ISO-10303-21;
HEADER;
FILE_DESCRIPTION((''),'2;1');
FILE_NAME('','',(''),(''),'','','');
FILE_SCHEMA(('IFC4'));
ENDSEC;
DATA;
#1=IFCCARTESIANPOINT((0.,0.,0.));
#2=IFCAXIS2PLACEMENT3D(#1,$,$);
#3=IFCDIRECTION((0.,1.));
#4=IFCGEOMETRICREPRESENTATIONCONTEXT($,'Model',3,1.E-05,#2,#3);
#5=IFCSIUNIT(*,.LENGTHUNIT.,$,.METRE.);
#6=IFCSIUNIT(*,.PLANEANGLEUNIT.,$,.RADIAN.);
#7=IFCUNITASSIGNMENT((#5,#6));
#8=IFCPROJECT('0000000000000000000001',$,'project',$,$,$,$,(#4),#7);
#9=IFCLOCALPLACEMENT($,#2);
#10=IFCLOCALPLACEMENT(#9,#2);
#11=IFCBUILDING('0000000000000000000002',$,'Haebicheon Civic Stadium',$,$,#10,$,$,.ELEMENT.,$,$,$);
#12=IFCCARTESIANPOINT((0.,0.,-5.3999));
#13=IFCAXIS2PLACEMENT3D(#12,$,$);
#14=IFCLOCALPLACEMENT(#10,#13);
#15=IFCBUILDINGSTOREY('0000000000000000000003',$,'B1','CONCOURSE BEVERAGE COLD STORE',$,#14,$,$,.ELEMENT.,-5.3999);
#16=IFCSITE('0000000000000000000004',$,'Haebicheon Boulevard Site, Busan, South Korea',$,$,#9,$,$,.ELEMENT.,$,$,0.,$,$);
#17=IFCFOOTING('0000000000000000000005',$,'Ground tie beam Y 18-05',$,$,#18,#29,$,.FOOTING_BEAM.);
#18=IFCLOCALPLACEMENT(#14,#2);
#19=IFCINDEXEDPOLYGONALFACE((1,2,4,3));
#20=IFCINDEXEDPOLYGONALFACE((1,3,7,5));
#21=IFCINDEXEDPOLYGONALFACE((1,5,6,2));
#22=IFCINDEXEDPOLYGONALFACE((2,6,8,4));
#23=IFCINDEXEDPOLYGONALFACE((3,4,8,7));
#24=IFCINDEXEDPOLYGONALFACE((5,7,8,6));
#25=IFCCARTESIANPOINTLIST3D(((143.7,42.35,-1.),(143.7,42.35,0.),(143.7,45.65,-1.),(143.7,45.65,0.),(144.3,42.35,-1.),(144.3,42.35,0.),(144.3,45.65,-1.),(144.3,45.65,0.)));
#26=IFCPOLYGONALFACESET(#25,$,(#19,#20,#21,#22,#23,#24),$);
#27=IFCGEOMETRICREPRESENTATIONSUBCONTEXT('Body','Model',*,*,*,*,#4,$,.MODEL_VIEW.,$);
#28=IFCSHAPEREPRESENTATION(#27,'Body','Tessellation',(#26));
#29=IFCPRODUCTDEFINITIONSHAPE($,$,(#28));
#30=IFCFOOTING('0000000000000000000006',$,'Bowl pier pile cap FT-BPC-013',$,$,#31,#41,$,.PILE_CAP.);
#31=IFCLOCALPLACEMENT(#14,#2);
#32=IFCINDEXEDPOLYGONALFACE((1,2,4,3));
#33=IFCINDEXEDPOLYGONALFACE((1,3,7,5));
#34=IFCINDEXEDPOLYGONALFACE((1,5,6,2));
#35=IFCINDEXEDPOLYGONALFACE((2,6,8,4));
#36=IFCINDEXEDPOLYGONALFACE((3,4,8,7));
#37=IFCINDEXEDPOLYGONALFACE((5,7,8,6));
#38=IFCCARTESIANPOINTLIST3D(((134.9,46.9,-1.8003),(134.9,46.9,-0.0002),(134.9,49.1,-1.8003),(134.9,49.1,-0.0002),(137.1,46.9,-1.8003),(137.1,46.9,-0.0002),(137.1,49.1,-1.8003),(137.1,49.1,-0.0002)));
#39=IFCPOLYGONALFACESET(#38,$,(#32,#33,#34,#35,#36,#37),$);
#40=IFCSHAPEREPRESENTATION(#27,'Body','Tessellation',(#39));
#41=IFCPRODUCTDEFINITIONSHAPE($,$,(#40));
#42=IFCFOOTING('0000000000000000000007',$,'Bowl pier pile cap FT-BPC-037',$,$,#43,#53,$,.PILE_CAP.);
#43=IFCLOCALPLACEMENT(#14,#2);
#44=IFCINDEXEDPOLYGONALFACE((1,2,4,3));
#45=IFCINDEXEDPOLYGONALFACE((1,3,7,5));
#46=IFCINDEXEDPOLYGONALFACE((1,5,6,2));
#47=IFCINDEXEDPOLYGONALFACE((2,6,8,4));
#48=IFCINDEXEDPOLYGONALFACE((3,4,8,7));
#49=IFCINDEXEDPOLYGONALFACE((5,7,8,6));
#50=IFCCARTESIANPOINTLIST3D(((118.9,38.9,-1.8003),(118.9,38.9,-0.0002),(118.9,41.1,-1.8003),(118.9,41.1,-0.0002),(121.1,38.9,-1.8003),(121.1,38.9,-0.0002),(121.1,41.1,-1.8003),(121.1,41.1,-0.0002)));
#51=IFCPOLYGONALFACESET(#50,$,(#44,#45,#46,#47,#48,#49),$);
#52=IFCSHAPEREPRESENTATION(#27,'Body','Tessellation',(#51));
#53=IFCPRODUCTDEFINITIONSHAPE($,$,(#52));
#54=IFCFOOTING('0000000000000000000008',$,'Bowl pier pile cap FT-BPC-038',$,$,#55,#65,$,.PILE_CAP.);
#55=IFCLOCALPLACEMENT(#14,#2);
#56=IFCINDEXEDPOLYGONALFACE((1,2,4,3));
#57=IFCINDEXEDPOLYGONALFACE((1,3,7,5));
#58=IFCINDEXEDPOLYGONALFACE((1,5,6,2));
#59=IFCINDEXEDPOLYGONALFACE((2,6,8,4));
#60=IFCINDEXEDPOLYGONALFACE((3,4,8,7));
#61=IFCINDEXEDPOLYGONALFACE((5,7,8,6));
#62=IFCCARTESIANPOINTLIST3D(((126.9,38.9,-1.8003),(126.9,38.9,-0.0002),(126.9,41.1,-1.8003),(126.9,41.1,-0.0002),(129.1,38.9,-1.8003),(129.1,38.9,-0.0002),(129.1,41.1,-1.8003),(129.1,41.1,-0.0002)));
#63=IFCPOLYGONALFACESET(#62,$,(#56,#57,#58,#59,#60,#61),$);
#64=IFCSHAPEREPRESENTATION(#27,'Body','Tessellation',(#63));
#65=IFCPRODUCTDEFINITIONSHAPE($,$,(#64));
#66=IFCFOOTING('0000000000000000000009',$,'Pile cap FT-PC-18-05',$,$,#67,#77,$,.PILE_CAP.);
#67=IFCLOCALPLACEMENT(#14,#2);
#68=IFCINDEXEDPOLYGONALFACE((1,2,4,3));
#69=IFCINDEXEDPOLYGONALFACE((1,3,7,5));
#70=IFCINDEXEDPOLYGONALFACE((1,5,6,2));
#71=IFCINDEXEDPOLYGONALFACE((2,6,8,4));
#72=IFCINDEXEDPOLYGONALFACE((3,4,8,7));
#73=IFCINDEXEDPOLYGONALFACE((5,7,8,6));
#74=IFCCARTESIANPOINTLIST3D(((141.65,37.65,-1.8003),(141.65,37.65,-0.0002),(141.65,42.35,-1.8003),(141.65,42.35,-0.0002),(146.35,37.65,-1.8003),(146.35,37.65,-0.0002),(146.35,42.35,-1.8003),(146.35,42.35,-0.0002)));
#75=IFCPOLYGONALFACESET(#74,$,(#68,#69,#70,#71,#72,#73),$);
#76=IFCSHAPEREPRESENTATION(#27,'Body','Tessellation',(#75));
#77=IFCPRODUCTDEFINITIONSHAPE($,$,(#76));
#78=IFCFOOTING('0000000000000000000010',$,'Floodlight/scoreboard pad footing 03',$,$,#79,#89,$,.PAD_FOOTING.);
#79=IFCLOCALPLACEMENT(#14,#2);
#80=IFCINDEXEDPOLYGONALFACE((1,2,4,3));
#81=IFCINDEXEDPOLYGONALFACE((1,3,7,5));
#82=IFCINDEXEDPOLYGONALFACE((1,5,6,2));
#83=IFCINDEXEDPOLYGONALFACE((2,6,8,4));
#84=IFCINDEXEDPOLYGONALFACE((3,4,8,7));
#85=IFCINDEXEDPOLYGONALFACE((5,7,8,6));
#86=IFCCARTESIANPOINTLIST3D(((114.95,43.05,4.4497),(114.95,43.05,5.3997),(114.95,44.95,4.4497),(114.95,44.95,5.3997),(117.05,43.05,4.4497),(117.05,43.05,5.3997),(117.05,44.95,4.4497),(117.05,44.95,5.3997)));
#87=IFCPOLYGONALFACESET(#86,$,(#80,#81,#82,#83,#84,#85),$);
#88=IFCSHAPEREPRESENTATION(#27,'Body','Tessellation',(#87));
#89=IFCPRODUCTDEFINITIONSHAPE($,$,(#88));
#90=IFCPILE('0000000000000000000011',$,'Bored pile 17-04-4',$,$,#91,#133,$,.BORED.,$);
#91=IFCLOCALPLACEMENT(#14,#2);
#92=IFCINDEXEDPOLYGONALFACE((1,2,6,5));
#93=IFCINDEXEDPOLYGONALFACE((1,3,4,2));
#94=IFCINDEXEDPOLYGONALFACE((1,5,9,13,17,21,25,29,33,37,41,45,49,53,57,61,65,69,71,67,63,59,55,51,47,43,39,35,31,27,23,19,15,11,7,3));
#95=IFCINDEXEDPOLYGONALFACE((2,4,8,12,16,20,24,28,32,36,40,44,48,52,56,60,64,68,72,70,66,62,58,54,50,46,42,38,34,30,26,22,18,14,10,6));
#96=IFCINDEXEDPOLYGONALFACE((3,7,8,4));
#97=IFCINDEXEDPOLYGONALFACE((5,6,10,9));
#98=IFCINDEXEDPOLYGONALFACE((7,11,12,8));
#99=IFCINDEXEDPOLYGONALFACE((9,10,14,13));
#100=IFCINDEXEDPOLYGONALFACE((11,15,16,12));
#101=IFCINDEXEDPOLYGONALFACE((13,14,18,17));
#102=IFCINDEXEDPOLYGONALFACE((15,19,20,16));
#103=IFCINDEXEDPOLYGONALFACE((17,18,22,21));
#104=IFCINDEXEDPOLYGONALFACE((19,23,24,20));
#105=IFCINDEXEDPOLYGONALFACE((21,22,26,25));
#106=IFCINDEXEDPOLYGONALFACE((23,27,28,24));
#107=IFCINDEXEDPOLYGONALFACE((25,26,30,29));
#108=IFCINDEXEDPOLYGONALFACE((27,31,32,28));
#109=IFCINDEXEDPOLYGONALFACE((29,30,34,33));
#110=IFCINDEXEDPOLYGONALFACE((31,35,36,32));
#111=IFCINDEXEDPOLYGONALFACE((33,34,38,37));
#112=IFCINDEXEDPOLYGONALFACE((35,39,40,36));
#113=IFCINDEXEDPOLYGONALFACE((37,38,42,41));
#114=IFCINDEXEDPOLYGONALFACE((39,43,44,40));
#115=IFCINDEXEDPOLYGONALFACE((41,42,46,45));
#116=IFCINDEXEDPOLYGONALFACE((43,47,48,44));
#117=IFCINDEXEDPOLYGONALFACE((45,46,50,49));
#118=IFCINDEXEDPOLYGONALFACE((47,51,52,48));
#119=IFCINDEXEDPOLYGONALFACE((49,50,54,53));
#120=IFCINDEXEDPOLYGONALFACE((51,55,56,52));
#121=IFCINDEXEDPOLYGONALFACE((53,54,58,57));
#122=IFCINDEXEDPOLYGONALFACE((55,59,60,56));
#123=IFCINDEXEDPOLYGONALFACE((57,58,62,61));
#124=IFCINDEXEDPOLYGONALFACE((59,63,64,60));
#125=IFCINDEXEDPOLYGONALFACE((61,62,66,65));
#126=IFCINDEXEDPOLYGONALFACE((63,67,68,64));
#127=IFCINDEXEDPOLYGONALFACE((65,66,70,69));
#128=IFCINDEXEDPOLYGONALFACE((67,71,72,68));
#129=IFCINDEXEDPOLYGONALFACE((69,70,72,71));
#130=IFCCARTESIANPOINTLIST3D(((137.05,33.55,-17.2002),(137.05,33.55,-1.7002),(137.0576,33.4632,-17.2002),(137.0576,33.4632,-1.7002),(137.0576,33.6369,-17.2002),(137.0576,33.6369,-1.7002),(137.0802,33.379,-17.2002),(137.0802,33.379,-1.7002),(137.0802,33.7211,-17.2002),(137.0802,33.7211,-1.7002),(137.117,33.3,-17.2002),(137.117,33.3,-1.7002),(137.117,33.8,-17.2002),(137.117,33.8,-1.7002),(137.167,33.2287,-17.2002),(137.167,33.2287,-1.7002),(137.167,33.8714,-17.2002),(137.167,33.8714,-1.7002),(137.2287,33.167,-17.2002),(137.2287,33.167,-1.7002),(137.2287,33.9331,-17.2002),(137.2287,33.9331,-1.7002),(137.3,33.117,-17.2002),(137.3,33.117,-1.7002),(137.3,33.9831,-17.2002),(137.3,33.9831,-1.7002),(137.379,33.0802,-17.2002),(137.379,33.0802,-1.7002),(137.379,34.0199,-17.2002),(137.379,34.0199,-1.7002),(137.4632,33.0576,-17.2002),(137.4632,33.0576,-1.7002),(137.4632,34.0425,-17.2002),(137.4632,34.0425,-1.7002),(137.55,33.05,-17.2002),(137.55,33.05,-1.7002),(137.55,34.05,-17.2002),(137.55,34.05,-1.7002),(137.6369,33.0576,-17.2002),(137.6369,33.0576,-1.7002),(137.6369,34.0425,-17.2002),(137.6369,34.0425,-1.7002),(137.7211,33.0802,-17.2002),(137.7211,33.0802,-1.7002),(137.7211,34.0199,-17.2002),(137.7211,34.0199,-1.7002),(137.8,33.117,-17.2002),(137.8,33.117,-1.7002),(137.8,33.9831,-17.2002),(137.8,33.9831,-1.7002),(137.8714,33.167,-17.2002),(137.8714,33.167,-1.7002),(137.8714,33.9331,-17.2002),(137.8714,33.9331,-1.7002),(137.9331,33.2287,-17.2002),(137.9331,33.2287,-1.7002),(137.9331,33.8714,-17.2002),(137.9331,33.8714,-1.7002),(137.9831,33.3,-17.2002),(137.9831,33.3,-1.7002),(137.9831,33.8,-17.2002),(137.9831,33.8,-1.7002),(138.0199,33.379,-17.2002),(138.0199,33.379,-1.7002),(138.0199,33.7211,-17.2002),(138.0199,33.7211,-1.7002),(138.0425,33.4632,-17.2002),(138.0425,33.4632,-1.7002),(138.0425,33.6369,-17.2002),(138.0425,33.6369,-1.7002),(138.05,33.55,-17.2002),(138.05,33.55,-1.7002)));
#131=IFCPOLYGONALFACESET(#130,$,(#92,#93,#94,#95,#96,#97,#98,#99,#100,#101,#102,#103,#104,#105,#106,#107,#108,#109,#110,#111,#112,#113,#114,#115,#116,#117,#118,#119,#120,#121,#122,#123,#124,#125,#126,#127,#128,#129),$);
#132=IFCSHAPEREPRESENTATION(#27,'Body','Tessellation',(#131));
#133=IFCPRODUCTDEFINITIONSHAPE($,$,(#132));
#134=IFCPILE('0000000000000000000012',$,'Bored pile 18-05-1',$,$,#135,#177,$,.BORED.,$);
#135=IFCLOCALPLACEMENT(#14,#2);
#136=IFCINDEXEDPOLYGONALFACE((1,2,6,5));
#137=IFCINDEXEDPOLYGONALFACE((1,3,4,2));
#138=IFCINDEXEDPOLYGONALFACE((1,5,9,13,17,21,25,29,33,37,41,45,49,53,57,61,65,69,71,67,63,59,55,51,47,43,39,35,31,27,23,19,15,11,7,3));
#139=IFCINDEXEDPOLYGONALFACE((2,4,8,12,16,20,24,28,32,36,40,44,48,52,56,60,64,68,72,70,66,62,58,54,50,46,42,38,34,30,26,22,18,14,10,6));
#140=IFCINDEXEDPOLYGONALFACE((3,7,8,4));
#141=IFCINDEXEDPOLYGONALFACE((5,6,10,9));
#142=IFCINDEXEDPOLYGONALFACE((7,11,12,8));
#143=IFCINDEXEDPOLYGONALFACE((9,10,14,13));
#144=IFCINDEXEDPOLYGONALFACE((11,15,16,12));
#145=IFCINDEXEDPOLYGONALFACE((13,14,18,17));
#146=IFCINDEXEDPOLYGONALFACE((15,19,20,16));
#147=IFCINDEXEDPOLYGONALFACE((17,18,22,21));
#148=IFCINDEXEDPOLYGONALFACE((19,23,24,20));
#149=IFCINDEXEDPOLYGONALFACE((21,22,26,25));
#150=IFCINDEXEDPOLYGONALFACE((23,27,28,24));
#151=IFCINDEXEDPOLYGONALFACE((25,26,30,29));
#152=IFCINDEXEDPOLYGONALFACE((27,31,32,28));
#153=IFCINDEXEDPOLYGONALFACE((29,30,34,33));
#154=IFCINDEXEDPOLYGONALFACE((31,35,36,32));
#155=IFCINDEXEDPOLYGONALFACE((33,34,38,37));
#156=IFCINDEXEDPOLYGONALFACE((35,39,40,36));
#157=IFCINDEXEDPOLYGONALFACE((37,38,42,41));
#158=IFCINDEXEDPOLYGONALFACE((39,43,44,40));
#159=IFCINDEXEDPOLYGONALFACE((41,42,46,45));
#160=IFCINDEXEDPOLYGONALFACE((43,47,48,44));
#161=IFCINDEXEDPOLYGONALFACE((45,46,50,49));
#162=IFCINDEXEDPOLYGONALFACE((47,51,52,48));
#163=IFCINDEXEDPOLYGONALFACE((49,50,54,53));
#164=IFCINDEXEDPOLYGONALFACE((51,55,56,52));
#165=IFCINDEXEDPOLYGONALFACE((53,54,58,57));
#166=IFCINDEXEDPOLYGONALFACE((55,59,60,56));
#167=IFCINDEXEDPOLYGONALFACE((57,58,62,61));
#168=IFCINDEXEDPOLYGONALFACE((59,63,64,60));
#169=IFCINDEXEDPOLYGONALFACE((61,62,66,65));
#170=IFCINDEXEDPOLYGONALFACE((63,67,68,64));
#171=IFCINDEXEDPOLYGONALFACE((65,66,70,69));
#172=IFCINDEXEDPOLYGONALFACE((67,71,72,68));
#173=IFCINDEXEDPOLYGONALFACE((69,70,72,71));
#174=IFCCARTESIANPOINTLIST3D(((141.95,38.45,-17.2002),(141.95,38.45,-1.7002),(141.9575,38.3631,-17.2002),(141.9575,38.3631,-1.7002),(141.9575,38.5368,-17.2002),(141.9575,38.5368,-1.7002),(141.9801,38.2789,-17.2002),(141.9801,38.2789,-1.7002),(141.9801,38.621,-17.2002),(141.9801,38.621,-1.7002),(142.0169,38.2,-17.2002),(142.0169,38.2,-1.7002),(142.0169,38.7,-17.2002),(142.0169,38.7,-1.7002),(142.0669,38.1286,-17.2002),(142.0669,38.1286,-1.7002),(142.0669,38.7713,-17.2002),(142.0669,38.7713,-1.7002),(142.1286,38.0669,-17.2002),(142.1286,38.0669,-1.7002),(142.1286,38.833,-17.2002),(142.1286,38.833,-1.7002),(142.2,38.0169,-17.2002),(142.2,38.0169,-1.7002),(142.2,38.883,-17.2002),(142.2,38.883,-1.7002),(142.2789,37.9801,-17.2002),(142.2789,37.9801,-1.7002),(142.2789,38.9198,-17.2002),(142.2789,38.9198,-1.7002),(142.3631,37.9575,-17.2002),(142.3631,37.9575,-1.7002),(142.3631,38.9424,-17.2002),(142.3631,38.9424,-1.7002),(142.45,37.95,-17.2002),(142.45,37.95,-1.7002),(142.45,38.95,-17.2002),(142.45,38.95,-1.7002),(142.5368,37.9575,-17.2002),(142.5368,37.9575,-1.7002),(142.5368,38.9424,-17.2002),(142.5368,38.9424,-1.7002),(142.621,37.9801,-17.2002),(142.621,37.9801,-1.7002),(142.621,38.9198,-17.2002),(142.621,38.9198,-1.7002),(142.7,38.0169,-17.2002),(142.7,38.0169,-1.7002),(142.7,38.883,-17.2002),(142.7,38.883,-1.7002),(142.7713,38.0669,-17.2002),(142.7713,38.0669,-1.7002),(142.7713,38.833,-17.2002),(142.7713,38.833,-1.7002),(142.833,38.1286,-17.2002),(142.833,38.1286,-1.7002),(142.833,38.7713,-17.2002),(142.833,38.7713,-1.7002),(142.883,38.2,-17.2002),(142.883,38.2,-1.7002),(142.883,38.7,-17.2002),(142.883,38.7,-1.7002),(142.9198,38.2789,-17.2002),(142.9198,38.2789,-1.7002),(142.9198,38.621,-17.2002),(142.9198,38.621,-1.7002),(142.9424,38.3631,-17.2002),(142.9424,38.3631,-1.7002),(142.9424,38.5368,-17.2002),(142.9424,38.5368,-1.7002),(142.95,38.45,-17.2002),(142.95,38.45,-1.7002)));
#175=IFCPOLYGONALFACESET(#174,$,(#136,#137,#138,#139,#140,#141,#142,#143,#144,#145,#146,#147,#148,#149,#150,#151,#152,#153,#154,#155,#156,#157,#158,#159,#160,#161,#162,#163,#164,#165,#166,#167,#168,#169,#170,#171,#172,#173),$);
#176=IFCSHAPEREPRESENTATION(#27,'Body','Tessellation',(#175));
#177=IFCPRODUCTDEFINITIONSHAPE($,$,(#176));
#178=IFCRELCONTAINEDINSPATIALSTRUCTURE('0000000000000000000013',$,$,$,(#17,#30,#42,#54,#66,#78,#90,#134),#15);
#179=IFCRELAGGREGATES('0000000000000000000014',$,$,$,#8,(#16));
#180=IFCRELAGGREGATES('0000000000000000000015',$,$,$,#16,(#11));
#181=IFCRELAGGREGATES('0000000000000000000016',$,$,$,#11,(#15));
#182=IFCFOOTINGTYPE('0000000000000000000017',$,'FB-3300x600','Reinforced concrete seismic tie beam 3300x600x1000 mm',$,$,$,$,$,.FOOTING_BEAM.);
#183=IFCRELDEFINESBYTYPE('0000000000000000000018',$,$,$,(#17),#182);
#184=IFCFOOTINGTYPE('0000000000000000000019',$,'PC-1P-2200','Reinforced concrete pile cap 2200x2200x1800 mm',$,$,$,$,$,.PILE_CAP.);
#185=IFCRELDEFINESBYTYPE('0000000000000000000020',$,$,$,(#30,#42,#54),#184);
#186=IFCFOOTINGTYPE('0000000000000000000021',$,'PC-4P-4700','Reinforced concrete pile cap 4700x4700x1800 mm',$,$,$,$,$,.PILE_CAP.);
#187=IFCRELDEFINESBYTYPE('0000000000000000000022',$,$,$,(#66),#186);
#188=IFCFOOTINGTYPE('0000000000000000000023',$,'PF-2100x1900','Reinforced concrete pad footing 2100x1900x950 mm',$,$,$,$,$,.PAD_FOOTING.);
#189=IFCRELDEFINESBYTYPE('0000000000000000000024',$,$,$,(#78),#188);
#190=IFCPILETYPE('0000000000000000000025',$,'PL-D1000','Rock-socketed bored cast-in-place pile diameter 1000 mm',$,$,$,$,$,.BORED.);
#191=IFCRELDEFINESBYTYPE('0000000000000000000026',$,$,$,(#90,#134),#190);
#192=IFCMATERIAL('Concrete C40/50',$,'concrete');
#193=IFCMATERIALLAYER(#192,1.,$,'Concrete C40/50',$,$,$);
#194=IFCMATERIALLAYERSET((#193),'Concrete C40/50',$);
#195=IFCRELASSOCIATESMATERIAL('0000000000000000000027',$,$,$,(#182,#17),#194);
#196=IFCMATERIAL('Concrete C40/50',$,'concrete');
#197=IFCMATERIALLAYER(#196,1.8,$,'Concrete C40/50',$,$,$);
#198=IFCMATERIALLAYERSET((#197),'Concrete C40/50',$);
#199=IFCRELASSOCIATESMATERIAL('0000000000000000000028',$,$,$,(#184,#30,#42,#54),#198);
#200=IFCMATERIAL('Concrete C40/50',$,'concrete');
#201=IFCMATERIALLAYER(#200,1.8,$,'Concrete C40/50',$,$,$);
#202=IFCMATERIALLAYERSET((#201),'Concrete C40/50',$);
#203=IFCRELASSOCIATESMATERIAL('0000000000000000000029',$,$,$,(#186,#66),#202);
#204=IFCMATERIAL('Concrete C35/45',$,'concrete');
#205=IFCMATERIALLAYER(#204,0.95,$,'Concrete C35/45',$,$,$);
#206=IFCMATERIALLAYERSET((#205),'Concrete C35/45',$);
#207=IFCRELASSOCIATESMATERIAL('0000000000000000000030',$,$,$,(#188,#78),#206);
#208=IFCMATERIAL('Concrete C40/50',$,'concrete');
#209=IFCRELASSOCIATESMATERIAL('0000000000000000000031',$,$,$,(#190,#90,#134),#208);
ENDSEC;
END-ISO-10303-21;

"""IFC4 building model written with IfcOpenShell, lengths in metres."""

from ifc_helpers import new_model, si_unit, direction, frame, origin, origin_2d, place, context, subcontext, project, spatial, rectangle, circle, extrude, material, layer, layer_set, material_profile, profile_set, type_object, element, save


model = new_model("IFC4")

# Units and contexts
model_context = context("Model", 3, precision=1e-05, world=origin(), true_north=direction((0.0, 1.0)))
body_context = subcontext(model_context, "Body", "Model", "MODEL_VIEW")
ifc_project = project(units=[si_unit("LENGTHUNIT", "METRE"), si_unit("PLANEANGLEUNIT", "RADIAN")], contexts=[model_context])

# Site, building, storey
site_placement = place(None, origin())
site = spatial("IfcSite", under=ifc_project, at=site_placement, Name="Haebicheon Boulevard Site, Busan, South Korea", CompositionType="ELEMENT", RefElevation=0.0)
building_placement = place(site_placement, origin())
building = spatial("IfcBuilding", under=site, at=building_placement, Name="Haebicheon Civic Stadium", CompositionType="ELEMENT")
storey_placement = place(building_placement, frame((0.0, 0.0, -5.3999)))
storey = spatial("IfcBuildingStorey", under=building, at=storey_placement, Name="B1", Description="CONCOURSE BEVERAGE COLD STORE", CompositionType="ELEMENT", Elevation=-5.3999)

# Footings
ifc_material_1 = material(Name="Concrete C40/50", Category="concrete")
ifc_layer_1 = layer(ifc_material_1, 1.0, Name="Concrete C40/50")
ifc_layer_set_1 = layer_set([ifc_layer_1], Name="Concrete C40/50")
footing_type_1 = type_object("IfcFootingType", Name="FB-3300x600", Description="Reinforced concrete seismic tie beam 3300x600x1000 mm", PredefinedType="FOOTING_BEAM", material=ifc_layer_set_1)
footing_1_placement = place(storey_placement, frame((144.0, 44.0, -1.0), z_axis=(0.0, 0.0, 1.0), x_axis=(0.0, 1.0, 0.0)))
element("IfcFooting", 1, at=footing_1_placement, inside=storey, type_object=footing_type_1, material=ifc_layer_set_1, Name="Ground tie beam Y 18-05", PredefinedType="FOOTING_BEAM", context=body_context, shape_type="SweptSolid", body=[
    extrude(rectangle(XDim=3.3, YDim=0.6001, at=origin_2d()), origin(), (0.0, 0.0, 1.0), 1.0),
])
ifc_material_2 = material(Name="Concrete C40/50", Category="concrete")
ifc_layer_2 = layer(ifc_material_2, 1.8, Name="Concrete C40/50")
ifc_layer_set_2 = layer_set([ifc_layer_2], Name="Concrete C40/50")
footing_type_2 = type_object("IfcFootingType", Name="PC-1P-2200", Description="Reinforced concrete pile cap 2200x2200x1800 mm", PredefinedType="PILE_CAP", material=ifc_layer_set_2)
for number, where, z_axis, x_axis, name in (
    (2, (136.0, 48.0, -1.8003), (0.0, 0.0, 1.0), (1.0, 0.0, 0.0), "Bowl pier pile cap FT-BPC-013"),
    (3, (120.0, 40.0, -1.8003), (0.0, 0.0, 1.0), (1.0, 0.0, 0.0), "Bowl pier pile cap FT-BPC-037"),
    (4, (128.0, 40.0, -1.8003), (0.0, 0.0, 1.0), (1.0, 0.0, 0.0), "Bowl pier pile cap FT-BPC-038"),
):
    element("IfcFooting", number, at=place(storey_placement, frame(where, z_axis=z_axis, x_axis=x_axis)), inside=storey, type_object=footing_type_2, material=ifc_layer_set_2, Name=name, PredefinedType="PILE_CAP", context=body_context, shape_type="SweptSolid", body=[
        extrude(rectangle(XDim=2.2, YDim=2.2, at=origin_2d()), origin(), (0.0, 0.0, 1.0), 1.8),
    ])
ifc_material_3 = material(Name="Concrete C40/50", Category="concrete")
ifc_layer_3 = layer(ifc_material_3, 1.8, Name="Concrete C40/50")
ifc_layer_set_3 = layer_set([ifc_layer_3], Name="Concrete C40/50")
footing_type_3 = type_object("IfcFootingType", Name="PC-4P-4700", Description="Reinforced concrete pile cap 4700x4700x1800 mm", PredefinedType="PILE_CAP", material=ifc_layer_set_3)
footing_2_placement = place(storey_placement, frame((144.0, 40.0, -1.8003), z_axis=(0.0, 0.0, 1.0), x_axis=(1.0, 0.0, 0.0)))
element("IfcFooting", 5, at=footing_2_placement, inside=storey, type_object=footing_type_3, material=ifc_layer_set_3, Name="Pile cap FT-PC-18-05", PredefinedType="PILE_CAP", context=body_context, shape_type="SweptSolid", body=[
    extrude(rectangle(XDim=4.7, YDim=4.7, at=origin_2d()), origin(), (0.0, 0.0, 1.0), 1.8),
])
ifc_material_4 = material(Name="Concrete C35/45", Category="concrete")
ifc_layer_4 = layer(ifc_material_4, 0.95, Name="Concrete C35/45")
ifc_layer_set_4 = layer_set([ifc_layer_4], Name="Concrete C35/45")
footing_type_4 = type_object("IfcFootingType", Name="PF-2100x1900", Description="Reinforced concrete pad footing 2100x1900x950 mm", PredefinedType="PAD_FOOTING", material=ifc_layer_set_4)
footing_3_placement = place(storey_placement, frame((116.0, 44.0, 4.4497), z_axis=(0.0, 0.0, 1.0), x_axis=(1.0, 0.0, 0.0)))
element("IfcFooting", 6, at=footing_3_placement, inside=storey, type_object=footing_type_4, material=ifc_layer_set_4, Name="Floodlight/scoreboard pad footing 03", PredefinedType="PAD_FOOTING", context=body_context, shape_type="SweptSolid", body=[
    extrude(rectangle(XDim=2.1001, YDim=1.8999, at=origin_2d()), origin(), (0.0, 0.0, 1.0), 0.95),
])

# Piles
ifc_material_5 = material(Name="Concrete C40/50", Category="concrete")
ifc_material_profile_1 = material_profile(ifc_material_5, circle(Radius=0.5, at=origin_2d()), Name="PILE-D1000")
ifc_profile_set_1 = profile_set([ifc_material_profile_1], Name="Concrete C40/50")
pile_type = type_object("IfcPileType", Name="PL-D1000", Description="Rock-socketed bored cast-in-place pile diameter 1000 mm", PredefinedType="BORED", material=ifc_profile_set_1)
for number, where, z_axis, x_axis, name in (
    (7, (137.55, 33.55, -1.7002), (0.0, 0.0, -1.0), (1.0, 0.0, 0.0), "Bored pile 17-04-4"),
    (8, (142.45, 38.45, -1.7002), (0.0, 0.0, -1.0), (1.0, 0.0, 0.0), "Bored pile 18-05-1"),
):
    element("IfcPile", number, at=place(storey_placement, frame(where, z_axis=z_axis, x_axis=x_axis)), inside=storey, type_object=pile_type, material=ifc_profile_set_1, Name=name, PredefinedType="BORED", context=body_context, shape_type="SweptSolid", body=[
        extrude(circle(Radius=0.5, at=origin_2d()), origin(), (0.0, 0.0, 1.0), 15.5),
    ])

save(model, "model.ifc")
